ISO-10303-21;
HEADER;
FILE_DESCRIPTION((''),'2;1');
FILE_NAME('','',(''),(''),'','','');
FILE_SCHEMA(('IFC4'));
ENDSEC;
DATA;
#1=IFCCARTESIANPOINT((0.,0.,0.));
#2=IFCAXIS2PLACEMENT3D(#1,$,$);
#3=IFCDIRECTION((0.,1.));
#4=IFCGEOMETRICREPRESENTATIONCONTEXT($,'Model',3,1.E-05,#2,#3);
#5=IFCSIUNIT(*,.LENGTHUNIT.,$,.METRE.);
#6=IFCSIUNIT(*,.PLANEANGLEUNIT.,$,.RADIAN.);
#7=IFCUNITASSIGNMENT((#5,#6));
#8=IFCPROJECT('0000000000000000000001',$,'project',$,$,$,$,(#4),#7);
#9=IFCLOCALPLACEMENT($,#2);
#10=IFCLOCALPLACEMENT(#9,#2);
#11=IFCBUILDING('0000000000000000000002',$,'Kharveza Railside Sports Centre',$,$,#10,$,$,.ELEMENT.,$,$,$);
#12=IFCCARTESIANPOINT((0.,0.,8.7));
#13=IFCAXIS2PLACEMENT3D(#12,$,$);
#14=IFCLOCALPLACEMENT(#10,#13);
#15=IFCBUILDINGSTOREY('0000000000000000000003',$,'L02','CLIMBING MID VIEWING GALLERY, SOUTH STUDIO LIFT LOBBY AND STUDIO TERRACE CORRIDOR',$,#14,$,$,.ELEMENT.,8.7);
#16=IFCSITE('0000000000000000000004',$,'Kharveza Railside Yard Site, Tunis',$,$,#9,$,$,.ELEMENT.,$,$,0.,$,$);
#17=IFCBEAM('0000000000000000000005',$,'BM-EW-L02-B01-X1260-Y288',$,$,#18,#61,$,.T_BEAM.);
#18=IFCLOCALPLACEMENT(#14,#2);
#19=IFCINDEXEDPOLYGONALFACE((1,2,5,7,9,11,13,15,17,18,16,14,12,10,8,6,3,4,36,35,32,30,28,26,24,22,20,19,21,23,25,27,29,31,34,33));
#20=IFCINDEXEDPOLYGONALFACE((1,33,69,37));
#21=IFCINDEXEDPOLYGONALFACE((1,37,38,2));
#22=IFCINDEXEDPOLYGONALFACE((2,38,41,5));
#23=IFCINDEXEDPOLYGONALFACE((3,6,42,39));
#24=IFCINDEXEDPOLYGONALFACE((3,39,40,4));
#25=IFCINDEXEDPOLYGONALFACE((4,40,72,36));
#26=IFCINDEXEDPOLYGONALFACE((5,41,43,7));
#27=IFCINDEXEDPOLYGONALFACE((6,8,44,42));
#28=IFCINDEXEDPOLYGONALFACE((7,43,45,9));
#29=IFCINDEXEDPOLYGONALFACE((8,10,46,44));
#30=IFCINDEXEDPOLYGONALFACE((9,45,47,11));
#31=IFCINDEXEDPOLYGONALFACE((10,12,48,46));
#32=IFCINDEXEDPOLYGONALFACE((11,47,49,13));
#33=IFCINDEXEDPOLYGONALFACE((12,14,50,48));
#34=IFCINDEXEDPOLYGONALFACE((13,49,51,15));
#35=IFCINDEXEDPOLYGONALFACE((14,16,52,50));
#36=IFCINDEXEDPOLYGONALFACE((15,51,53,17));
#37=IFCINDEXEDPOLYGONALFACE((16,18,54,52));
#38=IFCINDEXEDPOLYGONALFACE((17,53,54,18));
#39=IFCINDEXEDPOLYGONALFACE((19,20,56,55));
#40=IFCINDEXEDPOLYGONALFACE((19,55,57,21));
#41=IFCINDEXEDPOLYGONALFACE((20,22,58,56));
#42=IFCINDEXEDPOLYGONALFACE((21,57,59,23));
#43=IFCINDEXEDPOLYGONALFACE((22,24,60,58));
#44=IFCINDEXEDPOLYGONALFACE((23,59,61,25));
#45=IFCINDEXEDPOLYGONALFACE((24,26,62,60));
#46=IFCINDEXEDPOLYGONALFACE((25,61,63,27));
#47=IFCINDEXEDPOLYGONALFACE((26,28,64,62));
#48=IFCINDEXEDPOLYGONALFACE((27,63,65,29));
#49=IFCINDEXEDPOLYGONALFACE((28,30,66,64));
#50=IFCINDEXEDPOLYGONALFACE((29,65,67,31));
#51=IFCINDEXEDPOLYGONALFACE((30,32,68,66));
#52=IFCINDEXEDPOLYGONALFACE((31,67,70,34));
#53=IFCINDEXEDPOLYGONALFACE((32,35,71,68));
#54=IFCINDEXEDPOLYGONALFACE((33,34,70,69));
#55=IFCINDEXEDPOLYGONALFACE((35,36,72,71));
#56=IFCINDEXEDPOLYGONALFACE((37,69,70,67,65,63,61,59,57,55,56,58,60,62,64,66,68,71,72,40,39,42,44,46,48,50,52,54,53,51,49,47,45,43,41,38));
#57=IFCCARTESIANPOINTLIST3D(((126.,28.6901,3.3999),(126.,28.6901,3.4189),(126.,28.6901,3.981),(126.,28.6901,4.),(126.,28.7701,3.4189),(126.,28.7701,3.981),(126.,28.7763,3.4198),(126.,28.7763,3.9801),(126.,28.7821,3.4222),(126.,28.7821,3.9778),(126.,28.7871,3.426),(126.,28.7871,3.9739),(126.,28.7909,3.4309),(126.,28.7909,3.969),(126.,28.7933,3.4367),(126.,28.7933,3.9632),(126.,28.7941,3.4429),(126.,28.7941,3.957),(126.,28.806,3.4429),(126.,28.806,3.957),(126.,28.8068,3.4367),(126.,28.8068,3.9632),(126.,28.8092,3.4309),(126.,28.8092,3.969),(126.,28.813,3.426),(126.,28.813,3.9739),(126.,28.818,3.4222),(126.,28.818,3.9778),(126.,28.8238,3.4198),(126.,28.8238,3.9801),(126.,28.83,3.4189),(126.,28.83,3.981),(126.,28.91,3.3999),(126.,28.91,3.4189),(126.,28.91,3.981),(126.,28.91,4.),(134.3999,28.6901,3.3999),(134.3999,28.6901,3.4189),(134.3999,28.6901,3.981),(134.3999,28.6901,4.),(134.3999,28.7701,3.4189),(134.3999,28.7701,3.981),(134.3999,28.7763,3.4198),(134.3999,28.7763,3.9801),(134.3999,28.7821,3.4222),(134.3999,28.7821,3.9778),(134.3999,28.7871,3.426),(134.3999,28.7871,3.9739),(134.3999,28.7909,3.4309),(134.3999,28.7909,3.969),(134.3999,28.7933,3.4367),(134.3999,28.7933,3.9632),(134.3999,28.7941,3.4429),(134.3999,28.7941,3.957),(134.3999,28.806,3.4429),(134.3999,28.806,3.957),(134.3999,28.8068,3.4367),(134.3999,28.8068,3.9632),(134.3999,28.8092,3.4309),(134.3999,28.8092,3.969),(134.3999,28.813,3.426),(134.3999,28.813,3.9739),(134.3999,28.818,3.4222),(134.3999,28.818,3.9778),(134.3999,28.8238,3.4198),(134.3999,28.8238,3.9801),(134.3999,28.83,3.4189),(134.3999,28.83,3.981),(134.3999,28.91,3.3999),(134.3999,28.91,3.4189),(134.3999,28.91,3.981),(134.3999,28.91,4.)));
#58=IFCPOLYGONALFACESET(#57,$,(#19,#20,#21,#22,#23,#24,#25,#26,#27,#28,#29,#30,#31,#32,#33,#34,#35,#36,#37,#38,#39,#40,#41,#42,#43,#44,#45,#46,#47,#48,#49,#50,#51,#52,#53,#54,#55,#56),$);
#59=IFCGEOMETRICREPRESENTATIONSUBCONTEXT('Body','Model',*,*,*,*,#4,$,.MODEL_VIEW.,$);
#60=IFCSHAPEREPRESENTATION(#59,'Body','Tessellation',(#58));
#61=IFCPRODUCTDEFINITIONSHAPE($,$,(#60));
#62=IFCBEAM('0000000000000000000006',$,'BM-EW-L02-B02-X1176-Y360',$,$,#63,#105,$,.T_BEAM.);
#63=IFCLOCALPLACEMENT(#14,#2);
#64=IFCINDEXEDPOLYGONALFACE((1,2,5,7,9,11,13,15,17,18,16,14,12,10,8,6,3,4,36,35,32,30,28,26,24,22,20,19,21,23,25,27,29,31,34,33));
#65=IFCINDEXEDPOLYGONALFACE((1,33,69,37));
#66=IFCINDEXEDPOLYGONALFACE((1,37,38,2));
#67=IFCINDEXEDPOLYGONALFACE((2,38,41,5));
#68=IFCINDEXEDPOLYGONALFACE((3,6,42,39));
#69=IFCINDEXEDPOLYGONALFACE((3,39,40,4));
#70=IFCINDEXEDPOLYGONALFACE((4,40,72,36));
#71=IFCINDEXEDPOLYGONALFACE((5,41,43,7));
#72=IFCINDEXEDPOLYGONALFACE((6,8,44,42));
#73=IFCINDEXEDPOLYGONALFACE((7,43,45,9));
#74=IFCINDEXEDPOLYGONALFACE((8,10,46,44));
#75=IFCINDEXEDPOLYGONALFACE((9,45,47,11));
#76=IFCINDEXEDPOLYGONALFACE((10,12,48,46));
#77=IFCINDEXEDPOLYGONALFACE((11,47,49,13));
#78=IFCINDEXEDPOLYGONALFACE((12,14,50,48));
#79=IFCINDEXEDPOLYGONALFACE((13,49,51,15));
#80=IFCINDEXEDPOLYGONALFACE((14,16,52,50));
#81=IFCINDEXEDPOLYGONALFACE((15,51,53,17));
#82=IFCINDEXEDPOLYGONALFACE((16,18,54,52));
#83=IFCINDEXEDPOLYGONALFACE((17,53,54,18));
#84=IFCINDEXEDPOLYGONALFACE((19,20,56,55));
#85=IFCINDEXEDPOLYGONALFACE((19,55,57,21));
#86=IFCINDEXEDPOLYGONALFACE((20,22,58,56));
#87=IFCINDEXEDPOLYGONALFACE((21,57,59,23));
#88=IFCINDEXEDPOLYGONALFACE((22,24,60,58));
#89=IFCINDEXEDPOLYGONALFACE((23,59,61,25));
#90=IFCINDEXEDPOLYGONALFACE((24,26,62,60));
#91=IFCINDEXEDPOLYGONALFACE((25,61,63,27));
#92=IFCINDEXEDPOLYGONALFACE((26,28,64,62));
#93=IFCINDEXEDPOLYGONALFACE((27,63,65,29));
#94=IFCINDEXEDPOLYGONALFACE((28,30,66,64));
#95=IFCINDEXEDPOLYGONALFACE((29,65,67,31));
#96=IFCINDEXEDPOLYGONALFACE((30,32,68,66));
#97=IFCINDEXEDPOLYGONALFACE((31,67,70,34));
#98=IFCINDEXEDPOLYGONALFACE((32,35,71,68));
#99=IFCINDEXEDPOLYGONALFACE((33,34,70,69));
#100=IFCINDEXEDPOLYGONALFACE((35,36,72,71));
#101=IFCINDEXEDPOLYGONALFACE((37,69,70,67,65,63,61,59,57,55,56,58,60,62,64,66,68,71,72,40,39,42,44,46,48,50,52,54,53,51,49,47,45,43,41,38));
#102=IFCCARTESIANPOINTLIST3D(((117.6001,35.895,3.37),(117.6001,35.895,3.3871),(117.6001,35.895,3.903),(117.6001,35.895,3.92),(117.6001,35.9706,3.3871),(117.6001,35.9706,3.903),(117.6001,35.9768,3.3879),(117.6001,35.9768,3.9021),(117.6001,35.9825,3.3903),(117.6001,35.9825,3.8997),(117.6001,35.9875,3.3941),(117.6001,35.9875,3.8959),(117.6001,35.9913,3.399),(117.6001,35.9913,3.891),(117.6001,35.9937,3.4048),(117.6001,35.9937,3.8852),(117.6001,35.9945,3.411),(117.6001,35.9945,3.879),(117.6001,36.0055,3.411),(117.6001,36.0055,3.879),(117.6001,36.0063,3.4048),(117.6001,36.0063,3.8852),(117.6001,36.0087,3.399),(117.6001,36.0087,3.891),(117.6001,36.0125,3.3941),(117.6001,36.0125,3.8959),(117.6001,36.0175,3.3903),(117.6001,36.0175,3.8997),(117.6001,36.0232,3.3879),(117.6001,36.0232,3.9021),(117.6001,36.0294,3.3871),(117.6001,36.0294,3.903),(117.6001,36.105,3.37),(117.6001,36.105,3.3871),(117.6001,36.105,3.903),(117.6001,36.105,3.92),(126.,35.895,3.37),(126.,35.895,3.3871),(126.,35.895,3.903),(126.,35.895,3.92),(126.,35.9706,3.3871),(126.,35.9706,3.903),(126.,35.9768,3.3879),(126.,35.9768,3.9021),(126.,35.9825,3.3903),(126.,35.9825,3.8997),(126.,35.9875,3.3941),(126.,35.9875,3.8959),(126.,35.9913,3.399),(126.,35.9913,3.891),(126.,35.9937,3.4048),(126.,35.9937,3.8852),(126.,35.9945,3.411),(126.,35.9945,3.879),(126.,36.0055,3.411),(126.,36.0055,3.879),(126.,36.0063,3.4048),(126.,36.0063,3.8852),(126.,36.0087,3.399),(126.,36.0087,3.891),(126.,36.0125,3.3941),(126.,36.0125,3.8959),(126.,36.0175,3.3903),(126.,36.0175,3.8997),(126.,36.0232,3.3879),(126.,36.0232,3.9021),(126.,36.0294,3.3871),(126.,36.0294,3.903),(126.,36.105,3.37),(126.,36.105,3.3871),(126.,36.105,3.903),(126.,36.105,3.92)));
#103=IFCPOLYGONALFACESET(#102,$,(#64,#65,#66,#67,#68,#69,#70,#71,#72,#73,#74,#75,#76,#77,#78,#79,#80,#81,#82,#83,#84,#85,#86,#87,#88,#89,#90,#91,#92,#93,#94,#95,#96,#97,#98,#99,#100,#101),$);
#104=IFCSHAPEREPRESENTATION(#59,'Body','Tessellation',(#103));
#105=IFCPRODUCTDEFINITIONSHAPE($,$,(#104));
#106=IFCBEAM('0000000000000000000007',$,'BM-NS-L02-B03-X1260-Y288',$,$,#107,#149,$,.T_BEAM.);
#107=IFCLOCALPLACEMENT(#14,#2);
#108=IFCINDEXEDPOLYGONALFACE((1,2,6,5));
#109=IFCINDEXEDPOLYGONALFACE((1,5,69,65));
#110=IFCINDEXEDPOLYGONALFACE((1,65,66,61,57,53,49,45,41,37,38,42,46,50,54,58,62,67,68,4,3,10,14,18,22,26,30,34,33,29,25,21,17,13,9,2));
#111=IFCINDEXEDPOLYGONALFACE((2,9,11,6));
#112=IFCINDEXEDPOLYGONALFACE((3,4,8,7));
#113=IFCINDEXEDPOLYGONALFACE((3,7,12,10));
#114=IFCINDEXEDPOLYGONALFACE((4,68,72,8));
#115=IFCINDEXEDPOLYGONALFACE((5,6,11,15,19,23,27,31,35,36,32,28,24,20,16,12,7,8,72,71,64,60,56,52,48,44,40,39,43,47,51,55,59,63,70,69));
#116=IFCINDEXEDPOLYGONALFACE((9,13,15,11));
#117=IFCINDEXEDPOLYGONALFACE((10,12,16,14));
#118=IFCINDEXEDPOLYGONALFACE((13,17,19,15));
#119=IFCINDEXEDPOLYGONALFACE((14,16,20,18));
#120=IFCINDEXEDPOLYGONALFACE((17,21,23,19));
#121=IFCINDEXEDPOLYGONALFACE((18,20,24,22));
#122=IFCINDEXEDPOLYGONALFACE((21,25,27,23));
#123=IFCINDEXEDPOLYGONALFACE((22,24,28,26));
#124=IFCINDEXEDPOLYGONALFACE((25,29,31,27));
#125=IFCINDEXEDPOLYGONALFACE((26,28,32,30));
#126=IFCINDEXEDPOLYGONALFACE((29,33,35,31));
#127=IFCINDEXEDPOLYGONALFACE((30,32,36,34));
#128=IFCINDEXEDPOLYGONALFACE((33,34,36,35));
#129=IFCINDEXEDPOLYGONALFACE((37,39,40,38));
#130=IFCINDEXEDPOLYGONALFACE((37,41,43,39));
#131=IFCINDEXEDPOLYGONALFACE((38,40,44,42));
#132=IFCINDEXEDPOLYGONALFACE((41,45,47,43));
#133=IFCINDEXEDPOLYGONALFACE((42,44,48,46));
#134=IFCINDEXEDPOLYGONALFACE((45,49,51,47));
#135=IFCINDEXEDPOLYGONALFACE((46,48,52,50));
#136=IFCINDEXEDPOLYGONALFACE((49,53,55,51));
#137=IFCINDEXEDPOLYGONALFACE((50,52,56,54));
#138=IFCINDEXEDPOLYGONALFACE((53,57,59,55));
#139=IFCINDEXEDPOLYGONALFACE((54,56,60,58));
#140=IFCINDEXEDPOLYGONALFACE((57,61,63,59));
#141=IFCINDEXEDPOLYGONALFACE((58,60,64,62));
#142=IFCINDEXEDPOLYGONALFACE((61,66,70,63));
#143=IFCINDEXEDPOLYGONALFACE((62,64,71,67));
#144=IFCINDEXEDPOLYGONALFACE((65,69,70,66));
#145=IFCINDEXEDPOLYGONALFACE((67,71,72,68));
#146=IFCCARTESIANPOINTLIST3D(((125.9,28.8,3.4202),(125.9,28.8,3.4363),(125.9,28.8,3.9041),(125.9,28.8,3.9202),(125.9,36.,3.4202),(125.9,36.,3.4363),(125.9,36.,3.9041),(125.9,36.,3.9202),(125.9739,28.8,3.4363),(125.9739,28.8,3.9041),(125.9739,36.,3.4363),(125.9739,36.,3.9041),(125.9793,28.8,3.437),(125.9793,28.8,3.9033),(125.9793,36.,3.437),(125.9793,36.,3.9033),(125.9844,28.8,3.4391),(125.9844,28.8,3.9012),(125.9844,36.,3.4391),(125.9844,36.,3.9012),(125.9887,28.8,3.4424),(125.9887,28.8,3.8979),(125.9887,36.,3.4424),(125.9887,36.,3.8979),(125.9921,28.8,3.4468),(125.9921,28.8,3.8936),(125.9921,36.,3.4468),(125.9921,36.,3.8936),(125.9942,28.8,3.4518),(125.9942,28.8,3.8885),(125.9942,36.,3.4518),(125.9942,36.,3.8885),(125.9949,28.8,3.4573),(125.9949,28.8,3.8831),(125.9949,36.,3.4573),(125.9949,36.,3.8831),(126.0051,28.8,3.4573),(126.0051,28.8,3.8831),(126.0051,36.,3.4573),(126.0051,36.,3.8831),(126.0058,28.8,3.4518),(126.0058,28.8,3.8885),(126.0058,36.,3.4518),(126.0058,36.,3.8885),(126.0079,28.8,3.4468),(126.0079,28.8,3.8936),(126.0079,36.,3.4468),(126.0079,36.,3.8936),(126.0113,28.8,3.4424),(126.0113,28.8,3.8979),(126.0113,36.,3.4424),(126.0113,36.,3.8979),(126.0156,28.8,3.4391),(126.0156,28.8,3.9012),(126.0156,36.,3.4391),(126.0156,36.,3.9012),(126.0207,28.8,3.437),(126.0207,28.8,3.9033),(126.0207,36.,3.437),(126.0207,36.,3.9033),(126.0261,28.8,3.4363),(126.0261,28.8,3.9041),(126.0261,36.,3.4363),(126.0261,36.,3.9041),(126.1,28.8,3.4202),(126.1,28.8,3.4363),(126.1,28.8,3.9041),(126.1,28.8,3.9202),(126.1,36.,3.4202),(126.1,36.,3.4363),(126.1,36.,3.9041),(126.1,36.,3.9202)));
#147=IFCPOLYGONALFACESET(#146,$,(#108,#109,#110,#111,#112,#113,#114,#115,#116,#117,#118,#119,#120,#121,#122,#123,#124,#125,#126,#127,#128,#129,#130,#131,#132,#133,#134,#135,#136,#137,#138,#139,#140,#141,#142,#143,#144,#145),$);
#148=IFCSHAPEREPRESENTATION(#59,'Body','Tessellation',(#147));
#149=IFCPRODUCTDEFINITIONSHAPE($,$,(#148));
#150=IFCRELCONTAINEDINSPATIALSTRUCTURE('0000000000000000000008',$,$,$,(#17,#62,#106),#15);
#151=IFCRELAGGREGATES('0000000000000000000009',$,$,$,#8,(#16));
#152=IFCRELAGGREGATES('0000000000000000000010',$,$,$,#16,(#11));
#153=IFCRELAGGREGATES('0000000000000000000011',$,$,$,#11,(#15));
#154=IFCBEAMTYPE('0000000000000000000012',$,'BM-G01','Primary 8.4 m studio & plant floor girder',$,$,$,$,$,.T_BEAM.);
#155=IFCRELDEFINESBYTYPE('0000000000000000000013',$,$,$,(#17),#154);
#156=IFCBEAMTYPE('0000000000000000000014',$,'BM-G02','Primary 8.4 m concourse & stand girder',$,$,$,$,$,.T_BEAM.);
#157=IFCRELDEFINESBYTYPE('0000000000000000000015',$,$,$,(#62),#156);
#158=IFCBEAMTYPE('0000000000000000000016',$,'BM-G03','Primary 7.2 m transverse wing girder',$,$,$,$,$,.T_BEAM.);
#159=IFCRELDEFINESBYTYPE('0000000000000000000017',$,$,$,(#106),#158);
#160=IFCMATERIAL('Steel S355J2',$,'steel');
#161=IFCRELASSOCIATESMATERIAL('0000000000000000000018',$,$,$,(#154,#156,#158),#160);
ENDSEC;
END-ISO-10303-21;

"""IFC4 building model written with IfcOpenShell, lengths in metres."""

from ifc_helpers import new_model, si_unit, direction, frame, origin, origin_2d, place, context, subcontext, project, spatial, i_section, extrude, material, material_profile, profile_set, type_object, element, save


model = new_model("IFC4")

# Units and contexts
model_context = context("Model", 3, precision=1e-05, world=origin(), true_north=direction((0.0, 1.0)))
body_context = subcontext(model_context, "Body", "Model", "MODEL_VIEW")
ifc_project = project(units=[si_unit("LENGTHUNIT", "METRE"), si_unit("PLANEANGLEUNIT", "RADIAN")], contexts=[model_context])

# Site, building, storey
site_placement = place(None, origin())
site = spatial("IfcSite", under=ifc_project, at=site_placement, Name="Kharveza Railside Yard Site, Tunis", CompositionType="ELEMENT", RefElevation=0.0)
building_placement = place(site_placement, origin())
building = spatial("IfcBuilding", under=site, at=building_placement, Name="Kharveza Railside Sports Centre", CompositionType="ELEMENT")
storey_placement = place(building_placement, frame((0.0, 0.0, 8.7)))
storey = spatial("IfcBuildingStorey", under=building, at=storey_placement, Name="L02", Description="CLIMBING MID VIEWING GALLERY, SOUTH STUDIO LIFT LOBBY AND STUDIO TERRACE CORRIDOR", CompositionType="ELEMENT", Elevation=8.7)

# Shared definitions
ifc_material_1 = material(Name="Steel S355J2", Category="steel")

# Beams
ifc_material_profile_1 = material_profile(ifc_material_1, i_section(OverallWidth=0.22, OverallDepth=0.6001, WebThickness=0.012, FlangeThickness=0.019, FilletRadius=0.0239, at=origin_2d()), Name="IPE 600")
ifc_profile_set_1 = profile_set([ifc_material_profile_1], Name="Steel S355J2")
beam_type_1 = type_object("IfcBeamType", Name="BM-G01", Description="Primary 8.4 m studio & plant floor girder", PredefinedType="T_BEAM", material=ifc_profile_set_1)
for number, where, z_axis, x_axis, name in (
    (1, (126.0, 28.8, 3.7), (1.0, 0.0, 0.0), (0.0, 1.0, 0.0), "BM-EW-L02-B01-X1260-Y288"),
):
    element("IfcBeam", number, at=place(storey_placement, frame(where, z_axis=z_axis, x_axis=x_axis)), inside=storey, type_object=beam_type_1, Name=name, PredefinedType="T_BEAM", context=body_context, shape_type="SweptSolid", body=[
        extrude(i_section(OverallWidth=0.22, OverallDepth=0.6001, WebThickness=0.012, FlangeThickness=0.019, FilletRadius=0.0239, at=origin_2d()), origin(), (0.0, 0.0, 1.0), 8.3999),
    ])
ifc_material_profile_2 = material_profile(ifc_material_1, i_section(OverallWidth=0.21, OverallDepth=0.55, WebThickness=0.011, FlangeThickness=0.0171, FilletRadius=0.0239, at=origin_2d()), Name="IPE 550")
ifc_profile_set_2 = profile_set([ifc_material_profile_2], Name="Steel S355J2")
beam_type_2 = type_object("IfcBeamType", Name="BM-G02", Description="Primary 8.4 m concourse & stand girder", PredefinedType="T_BEAM", material=ifc_profile_set_2)
beam_1_placement = place(storey_placement, frame((117.6001, 36.0, 3.645), z_axis=(1.0, 0.0, 0.0), x_axis=(0.0, 1.0, 0.0)))
element("IfcBeam", 2, at=beam_1_placement, inside=storey, type_object=beam_type_2, Name="BM-EW-L02-B02-X1176-Y360", PredefinedType="T_BEAM", context=body_context, shape_type="SweptSolid", body=[
    extrude(i_section(OverallWidth=0.21, OverallDepth=0.55, WebThickness=0.011, FlangeThickness=0.0171, FilletRadius=0.0239, at=origin_2d()), origin(), (0.0, 0.0, 1.0), 8.3999),
])
ifc_material_profile_3 = material_profile(ifc_material_1, i_section(OverallWidth=0.2, OverallDepth=0.5, WebThickness=0.0103, FlangeThickness=0.0161, FilletRadius=0.021, at=origin_2d()), Name="IPE 500")
ifc_profile_set_3 = profile_set([ifc_material_profile_3], Name="Steel S355J2")
beam_type_3 = type_object("IfcBeamType", Name="BM-G03", Description="Primary 7.2 m transverse wing girder", PredefinedType="T_BEAM", material=ifc_profile_set_3)
beam_2_placement = place(storey_placement, frame((126.0, 28.8, 3.6702), z_axis=(0.0, 1.0, 0.0), x_axis=(-1.0, 0.0, 0.0)))
element("IfcBeam", 3, at=beam_2_placement, inside=storey, type_object=beam_type_3, Name="BM-NS-L02-B03-X1260-Y288", PredefinedType="T_BEAM", context=body_context, shape_type="SweptSolid", body=[
    extrude(i_section(OverallWidth=0.2, OverallDepth=0.5, WebThickness=0.0103, FlangeThickness=0.0161, FilletRadius=0.021, at=origin_2d()), origin(), (0.0, 0.0, 1.0), 7.2),
])

save(model, "model.ifc")
